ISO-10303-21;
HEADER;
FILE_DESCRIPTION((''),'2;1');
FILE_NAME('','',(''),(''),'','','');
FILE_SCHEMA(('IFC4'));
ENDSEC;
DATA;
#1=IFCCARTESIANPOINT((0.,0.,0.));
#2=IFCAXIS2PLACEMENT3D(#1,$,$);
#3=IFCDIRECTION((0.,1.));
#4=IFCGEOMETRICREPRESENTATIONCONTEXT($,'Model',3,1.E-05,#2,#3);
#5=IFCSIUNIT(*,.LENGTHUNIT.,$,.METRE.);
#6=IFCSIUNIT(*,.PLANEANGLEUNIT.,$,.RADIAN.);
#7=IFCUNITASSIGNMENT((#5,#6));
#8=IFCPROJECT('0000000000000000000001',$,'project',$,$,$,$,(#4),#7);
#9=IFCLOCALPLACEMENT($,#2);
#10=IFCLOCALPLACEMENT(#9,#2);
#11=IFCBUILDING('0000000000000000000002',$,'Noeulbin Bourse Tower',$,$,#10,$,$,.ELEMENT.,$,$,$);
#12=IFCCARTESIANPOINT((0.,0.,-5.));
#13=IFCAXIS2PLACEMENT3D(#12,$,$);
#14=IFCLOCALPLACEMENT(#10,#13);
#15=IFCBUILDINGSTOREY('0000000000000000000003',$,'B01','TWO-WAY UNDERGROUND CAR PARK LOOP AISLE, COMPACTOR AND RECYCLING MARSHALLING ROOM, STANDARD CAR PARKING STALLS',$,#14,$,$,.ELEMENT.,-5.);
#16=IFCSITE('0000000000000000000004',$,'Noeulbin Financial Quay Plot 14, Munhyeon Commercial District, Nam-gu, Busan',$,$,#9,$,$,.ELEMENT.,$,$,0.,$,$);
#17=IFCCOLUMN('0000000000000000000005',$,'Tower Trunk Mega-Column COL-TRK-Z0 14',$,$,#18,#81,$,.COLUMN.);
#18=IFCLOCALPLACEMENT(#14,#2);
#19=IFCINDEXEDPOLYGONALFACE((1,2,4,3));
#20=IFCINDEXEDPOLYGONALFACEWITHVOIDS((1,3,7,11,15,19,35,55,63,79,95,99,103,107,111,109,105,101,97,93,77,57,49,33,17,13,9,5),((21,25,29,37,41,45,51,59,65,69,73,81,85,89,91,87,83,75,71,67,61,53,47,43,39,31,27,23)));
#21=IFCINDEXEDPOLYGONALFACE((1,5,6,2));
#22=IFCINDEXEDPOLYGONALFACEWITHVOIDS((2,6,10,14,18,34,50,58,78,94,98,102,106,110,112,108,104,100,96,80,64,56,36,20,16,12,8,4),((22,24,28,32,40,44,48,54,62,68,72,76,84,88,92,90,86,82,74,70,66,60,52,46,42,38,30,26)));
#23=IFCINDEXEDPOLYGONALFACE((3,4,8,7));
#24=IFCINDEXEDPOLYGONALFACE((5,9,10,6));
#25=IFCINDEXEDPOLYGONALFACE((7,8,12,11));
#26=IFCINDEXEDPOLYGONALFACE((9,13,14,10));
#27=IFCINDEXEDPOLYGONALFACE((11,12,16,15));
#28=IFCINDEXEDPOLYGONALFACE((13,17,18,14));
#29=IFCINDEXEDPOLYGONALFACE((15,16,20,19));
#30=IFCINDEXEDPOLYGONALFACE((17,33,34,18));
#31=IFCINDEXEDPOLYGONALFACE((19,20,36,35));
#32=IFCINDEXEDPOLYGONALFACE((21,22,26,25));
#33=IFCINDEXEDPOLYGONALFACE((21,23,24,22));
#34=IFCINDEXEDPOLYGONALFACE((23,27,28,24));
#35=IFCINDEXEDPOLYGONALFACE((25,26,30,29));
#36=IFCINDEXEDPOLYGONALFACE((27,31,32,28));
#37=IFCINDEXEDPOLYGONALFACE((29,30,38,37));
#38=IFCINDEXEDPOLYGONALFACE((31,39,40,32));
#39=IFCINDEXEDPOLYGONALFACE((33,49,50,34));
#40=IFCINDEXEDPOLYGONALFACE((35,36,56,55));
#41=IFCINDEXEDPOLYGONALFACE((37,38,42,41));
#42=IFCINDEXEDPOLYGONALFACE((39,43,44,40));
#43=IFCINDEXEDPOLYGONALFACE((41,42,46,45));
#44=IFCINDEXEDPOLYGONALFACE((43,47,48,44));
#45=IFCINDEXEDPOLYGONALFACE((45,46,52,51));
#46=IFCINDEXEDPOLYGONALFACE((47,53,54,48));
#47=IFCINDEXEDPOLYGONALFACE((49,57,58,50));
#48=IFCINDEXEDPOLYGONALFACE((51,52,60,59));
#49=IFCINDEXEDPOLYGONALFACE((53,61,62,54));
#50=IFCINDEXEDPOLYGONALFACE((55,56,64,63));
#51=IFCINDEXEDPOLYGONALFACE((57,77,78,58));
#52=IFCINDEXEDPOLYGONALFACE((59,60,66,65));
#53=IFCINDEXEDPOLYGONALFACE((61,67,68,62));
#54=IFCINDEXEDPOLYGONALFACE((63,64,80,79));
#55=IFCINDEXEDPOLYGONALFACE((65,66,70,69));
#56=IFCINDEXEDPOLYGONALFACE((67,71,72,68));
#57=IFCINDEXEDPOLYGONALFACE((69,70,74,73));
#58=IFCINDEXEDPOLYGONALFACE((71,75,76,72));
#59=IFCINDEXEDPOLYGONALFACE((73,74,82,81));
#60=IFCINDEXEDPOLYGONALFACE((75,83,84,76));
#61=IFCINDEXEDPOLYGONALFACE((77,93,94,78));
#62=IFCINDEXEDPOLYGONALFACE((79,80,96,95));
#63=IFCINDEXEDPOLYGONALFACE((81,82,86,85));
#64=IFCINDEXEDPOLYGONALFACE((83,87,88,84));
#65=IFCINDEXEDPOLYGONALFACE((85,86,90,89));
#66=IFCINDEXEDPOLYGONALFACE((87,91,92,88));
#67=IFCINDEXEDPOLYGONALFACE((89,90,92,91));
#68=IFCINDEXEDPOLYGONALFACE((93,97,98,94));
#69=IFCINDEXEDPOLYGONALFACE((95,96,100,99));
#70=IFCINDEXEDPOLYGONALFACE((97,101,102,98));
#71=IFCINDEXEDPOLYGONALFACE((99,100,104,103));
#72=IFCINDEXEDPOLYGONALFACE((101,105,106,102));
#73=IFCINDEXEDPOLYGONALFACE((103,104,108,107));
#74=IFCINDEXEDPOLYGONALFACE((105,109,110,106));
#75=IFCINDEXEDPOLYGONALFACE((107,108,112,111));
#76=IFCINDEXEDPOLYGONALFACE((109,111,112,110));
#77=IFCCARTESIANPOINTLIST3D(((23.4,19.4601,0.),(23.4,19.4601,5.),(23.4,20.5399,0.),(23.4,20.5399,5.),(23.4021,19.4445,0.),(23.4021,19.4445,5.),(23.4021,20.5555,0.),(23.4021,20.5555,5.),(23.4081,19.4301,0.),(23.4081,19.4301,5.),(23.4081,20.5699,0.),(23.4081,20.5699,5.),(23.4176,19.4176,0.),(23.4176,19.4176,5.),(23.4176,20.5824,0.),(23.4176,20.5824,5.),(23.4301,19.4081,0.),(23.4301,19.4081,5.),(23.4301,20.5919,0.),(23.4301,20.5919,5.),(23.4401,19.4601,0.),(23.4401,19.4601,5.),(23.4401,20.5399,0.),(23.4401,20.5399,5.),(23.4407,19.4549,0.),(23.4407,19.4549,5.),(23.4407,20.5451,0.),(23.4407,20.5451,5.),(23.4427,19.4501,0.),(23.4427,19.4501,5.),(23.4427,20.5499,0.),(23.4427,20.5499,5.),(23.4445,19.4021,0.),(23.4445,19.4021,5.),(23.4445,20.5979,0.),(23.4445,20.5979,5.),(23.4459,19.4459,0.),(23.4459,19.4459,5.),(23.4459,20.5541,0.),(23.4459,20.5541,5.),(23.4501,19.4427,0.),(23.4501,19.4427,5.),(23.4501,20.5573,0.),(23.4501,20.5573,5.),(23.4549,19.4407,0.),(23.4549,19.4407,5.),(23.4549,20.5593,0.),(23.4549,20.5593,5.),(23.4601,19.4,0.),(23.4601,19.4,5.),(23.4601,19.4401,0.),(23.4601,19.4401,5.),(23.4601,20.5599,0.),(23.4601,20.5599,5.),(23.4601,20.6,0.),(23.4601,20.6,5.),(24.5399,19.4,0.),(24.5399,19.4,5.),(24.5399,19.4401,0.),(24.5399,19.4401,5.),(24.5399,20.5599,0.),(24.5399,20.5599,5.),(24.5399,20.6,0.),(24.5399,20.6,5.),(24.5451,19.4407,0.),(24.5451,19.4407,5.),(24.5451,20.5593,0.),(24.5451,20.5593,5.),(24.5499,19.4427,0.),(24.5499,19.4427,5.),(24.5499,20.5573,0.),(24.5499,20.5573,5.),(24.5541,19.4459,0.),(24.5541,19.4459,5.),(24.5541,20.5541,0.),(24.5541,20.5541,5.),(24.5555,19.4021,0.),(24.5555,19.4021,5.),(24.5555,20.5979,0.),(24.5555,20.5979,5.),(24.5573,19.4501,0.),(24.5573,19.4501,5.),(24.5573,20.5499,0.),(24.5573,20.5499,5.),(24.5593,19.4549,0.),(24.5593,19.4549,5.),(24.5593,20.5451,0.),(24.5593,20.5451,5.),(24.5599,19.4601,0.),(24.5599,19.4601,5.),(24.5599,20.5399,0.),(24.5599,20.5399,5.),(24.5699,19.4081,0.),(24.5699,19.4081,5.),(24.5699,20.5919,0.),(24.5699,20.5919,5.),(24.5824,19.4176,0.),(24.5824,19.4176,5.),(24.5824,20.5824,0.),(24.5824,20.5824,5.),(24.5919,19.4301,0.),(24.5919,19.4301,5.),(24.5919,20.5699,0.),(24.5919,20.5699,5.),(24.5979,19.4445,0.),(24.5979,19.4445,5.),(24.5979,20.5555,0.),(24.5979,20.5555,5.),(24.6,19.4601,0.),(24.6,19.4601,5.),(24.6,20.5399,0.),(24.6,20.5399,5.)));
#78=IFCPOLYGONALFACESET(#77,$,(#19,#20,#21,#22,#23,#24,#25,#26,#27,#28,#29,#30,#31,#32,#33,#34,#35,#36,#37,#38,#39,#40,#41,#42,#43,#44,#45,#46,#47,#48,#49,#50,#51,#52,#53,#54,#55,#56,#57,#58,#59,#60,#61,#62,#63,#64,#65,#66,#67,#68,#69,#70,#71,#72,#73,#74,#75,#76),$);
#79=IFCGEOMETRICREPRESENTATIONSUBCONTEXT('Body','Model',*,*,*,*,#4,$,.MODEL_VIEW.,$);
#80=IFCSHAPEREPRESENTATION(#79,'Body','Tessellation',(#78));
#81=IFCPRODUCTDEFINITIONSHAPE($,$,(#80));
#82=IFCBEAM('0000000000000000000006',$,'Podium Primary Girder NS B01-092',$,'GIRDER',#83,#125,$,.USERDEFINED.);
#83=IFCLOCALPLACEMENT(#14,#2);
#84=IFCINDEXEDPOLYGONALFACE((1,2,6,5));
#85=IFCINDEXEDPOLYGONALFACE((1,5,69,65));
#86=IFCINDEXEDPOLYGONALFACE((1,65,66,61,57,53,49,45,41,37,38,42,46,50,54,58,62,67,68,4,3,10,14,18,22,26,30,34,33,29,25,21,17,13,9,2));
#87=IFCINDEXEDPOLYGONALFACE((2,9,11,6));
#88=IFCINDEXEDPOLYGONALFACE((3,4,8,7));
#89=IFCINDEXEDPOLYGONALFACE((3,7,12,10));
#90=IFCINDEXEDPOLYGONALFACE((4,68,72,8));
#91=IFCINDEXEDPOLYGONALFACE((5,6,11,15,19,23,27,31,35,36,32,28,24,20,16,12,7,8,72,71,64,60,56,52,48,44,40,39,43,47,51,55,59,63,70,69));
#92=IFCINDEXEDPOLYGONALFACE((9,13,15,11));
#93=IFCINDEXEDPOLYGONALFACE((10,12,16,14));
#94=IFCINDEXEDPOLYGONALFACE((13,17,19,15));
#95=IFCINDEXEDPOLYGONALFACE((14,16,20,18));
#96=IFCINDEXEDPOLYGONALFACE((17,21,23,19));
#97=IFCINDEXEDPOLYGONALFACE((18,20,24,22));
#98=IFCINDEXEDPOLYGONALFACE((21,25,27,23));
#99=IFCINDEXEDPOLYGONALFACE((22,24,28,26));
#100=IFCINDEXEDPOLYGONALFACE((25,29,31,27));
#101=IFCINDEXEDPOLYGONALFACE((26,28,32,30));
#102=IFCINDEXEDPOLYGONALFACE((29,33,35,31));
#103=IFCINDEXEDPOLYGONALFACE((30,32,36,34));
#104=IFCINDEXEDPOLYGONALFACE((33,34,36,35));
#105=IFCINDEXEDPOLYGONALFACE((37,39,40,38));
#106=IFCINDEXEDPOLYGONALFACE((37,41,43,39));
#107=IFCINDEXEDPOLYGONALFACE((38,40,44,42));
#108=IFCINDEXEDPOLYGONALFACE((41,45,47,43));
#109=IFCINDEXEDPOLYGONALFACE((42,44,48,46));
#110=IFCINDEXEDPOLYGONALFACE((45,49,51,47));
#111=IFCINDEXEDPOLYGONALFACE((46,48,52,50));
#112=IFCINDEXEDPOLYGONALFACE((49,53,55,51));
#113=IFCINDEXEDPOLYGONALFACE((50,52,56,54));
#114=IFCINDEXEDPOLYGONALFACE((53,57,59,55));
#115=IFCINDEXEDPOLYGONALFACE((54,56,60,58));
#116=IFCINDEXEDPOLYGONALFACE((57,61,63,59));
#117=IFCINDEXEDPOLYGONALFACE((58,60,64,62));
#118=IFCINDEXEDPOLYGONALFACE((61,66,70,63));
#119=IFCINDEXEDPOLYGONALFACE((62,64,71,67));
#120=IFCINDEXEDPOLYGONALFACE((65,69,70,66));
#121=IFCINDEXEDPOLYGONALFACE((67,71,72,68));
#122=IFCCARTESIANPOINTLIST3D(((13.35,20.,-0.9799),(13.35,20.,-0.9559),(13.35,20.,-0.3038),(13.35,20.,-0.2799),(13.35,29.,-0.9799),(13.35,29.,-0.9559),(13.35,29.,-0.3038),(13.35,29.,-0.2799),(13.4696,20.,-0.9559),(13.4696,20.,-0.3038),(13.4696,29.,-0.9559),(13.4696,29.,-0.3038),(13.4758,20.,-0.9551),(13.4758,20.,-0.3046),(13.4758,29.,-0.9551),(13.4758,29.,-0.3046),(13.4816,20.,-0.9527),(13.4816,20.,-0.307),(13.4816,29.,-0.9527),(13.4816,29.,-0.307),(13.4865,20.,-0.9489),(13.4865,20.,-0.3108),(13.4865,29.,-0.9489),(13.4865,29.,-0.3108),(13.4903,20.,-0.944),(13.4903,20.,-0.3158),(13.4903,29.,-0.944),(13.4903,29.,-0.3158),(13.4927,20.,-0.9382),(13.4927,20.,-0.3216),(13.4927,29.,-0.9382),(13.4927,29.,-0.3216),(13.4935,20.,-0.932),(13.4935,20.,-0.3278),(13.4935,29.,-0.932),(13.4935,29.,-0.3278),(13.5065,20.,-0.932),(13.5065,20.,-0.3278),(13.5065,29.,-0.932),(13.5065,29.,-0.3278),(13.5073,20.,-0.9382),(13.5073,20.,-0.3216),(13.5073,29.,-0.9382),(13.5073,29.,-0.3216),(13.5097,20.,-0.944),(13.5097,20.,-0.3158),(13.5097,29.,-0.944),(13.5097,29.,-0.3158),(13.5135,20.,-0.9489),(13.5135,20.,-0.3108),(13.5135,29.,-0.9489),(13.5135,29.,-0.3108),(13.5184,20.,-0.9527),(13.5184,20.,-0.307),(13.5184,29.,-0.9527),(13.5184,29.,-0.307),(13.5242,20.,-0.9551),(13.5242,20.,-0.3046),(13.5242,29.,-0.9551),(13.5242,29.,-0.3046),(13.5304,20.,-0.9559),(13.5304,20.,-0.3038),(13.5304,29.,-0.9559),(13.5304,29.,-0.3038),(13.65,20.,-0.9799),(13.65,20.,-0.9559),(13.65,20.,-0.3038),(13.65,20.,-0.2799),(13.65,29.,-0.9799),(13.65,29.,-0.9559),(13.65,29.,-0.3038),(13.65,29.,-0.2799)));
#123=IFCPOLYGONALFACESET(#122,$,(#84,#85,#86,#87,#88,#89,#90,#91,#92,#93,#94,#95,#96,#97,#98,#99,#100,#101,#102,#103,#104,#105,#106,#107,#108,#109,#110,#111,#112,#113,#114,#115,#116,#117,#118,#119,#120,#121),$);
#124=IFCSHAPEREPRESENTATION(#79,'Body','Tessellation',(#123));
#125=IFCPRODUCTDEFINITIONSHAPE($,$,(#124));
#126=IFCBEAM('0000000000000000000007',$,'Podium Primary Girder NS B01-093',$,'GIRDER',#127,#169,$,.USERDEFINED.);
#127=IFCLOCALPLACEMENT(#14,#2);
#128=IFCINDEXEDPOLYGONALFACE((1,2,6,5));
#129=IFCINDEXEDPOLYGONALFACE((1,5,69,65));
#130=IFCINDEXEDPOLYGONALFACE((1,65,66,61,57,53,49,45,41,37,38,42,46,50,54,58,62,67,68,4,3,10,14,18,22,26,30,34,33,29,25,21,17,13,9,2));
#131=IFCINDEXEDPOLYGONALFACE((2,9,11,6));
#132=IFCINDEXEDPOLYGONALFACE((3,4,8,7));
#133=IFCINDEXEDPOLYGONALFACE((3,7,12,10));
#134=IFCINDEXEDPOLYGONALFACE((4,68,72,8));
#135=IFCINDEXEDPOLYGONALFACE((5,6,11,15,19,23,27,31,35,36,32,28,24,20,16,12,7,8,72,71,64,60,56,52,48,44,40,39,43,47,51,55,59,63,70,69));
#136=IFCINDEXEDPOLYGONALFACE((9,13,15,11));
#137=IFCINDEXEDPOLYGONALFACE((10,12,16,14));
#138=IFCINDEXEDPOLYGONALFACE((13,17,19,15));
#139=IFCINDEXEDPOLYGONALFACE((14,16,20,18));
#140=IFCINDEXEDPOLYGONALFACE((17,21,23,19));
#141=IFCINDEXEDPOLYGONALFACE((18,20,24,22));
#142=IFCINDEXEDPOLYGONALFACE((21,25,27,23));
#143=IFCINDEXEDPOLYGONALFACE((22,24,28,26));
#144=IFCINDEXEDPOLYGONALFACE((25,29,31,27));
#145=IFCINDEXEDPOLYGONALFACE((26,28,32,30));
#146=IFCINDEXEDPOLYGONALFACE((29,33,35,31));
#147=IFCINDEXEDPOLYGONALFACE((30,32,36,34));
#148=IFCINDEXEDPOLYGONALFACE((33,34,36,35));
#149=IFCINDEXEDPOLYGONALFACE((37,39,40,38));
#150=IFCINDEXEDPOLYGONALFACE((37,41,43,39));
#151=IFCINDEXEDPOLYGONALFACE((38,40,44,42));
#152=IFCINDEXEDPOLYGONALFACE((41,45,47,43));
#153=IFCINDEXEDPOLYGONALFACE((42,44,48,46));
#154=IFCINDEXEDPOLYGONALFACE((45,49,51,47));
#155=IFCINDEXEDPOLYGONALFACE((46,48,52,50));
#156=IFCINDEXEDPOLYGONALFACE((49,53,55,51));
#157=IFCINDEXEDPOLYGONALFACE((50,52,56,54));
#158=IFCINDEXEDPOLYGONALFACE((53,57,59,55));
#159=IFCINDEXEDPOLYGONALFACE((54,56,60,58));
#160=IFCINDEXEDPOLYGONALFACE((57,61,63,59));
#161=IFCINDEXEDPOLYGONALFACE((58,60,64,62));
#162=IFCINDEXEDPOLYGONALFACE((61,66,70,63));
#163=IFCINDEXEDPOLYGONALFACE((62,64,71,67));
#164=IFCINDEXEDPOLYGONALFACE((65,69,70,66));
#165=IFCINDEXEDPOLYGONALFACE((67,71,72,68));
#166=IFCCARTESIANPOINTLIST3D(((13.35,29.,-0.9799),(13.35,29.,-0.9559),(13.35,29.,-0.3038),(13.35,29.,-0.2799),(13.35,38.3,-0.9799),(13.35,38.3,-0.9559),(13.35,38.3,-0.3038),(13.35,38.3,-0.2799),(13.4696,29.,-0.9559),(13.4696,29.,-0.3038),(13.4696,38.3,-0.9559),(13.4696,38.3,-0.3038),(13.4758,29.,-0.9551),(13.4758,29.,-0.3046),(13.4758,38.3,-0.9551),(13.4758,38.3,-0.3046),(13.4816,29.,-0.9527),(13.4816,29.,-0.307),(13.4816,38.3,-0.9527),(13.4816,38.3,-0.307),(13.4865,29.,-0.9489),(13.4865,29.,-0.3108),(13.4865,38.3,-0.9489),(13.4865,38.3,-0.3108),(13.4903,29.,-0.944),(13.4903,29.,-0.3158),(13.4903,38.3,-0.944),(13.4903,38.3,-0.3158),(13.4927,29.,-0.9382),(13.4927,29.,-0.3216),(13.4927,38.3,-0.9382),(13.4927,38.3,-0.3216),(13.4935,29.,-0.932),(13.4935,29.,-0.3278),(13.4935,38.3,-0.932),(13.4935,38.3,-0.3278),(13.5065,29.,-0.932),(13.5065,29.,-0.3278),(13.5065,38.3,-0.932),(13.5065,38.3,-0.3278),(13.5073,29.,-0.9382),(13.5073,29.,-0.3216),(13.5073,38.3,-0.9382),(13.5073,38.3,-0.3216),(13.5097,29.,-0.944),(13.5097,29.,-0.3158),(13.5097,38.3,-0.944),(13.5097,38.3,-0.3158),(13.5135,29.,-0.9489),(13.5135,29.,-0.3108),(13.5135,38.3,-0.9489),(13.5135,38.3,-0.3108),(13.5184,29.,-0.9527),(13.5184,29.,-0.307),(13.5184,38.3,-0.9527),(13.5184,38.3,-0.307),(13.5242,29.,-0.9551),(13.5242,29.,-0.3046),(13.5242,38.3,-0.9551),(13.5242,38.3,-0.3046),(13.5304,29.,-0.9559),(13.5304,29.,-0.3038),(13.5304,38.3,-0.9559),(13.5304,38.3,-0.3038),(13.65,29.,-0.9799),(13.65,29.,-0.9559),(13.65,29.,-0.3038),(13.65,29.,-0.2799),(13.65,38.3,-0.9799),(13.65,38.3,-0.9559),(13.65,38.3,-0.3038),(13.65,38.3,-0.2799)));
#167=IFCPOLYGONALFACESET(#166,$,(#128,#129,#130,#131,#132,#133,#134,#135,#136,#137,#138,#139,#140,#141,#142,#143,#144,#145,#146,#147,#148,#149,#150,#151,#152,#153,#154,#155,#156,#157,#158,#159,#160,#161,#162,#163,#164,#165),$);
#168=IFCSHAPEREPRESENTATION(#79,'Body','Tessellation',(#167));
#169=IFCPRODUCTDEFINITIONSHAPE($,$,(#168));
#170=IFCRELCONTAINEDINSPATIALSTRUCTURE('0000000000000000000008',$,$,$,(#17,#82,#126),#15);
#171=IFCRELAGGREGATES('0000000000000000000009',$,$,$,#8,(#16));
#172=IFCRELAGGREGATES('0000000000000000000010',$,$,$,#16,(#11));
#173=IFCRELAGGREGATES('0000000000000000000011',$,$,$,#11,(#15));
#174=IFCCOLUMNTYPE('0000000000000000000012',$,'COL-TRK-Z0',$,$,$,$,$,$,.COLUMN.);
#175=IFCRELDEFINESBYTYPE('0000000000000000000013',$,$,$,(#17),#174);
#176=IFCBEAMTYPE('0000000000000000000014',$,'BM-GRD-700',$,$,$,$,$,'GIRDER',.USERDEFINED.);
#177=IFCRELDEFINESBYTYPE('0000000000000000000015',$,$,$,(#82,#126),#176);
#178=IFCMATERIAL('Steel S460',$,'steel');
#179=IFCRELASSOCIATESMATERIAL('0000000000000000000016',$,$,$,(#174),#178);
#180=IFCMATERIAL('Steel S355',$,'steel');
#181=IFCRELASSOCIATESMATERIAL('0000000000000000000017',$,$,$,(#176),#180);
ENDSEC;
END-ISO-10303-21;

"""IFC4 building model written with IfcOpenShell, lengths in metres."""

from ifc_helpers import new_model, si_unit, direction, frame, origin, origin_2d, place, context, subcontext, project, spatial, hollow_rectangle, i_section, extrude, material, material_profile, profile_set, type_object, element, save


model = new_model("IFC4")

# Units and contexts
model_context = context("Model", 3, precision=1e-05, world=origin(), true_north=direction((0.0, 1.0)))
body_context = subcontext(model_context, "Body", "Model", "MODEL_VIEW")
ifc_project = project(units=[si_unit("LENGTHUNIT", "METRE"), si_unit("PLANEANGLEUNIT", "RADIAN")], contexts=[model_context])

# Site, building, storey
site_placement = place(None, origin())
site = spatial("IfcSite", under=ifc_project, at=site_placement, Name="Noeulbin Financial Quay Plot 14, Munhyeon Commercial District, Nam-gu, Busan", CompositionType="ELEMENT", RefElevation=0.0)
building_placement = place(site_placement, origin())
building = spatial("IfcBuilding", under=site, at=building_placement, Name="Noeulbin Bourse Tower", CompositionType="ELEMENT")
storey_placement = place(building_placement, frame((0.0, 0.0, -5.0)))
storey = spatial("IfcBuildingStorey", under=building, at=storey_placement, Name="B01", Description="TWO-WAY UNDERGROUND CAR PARK LOOP AISLE, COMPACTOR AND RECYCLING MARSHALLING ROOM, STANDARD CAR PARKING STALLS", CompositionType="ELEMENT", Elevation=-5.0)

# Column
ifc_material_1 = material(Name="Steel S460", Category="steel")
ifc_material_profile_1 = material_profile(ifc_material_1, hollow_rectangle(XDim=1.2, YDim=1.2, WallThickness=0.04, InnerFilletRadius=0.02, OuterFilletRadius=0.0601, at=origin_2d()), Name="BOX-1200x1200x40", Category="LoadBearing")
ifc_profile_set_1 = profile_set([ifc_material_profile_1], Name="Steel S460")
column_type = type_object("IfcColumnType", Name="COL-TRK-Z0", PredefinedType="COLUMN", material=ifc_profile_set_1)
for number, where, z_axis, x_axis, name in (
    (1, (24.0, 20.0, 0.0), (0.0, 0.0, 1.0), (1.0, 0.0, 0.0), "Tower Trunk Mega-Column COL-TRK-Z0 14"),
):
    element("IfcColumn", number, at=place(storey_placement, frame(where, z_axis=z_axis, x_axis=x_axis)), inside=storey, type_object=column_type, Name=name, PredefinedType="COLUMN", context=body_context, shape_type="SweptSolid", body=[
        extrude(hollow_rectangle(XDim=1.2, YDim=1.2, WallThickness=0.04, InnerFilletRadius=0.02, OuterFilletRadius=0.0601, at=origin_2d()), origin(), (0.0, 0.0, 1.0), 5.0),
    ])

# Beams
ifc_material_2 = material(Name="Steel S355", Category="steel")
ifc_material_profile_2 = material_profile(ifc_material_2, i_section(OverallWidth=0.3, OverallDepth=0.7, WebThickness=0.0129, FlangeThickness=0.0239, FilletRadius=0.0239, at=origin_2d()), Name="H-700x300x13x24", Category="LoadBearing")
ifc_profile_set_2 = profile_set([ifc_material_profile_2], Name="Steel S355")
beam_type_1 = type_object("IfcBeamType", Name="BM-GRD-700", ElementType="GIRDER", PredefinedType="USERDEFINED", material=ifc_profile_set_2)
beam_1_placement = place(storey_placement, frame((13.5, 20.0, -0.6299), z_axis=(0.0, 1.0, 0.0), x_axis=(-1.0, 0.0, 0.0)))
element("IfcBeam", 2, at=beam_1_placement, inside=storey, type_object=beam_type_1, Name="Podium Primary Girder NS B01-092", ObjectType="GIRDER", PredefinedType="USERDEFINED", context=body_context, shape_type="SweptSolid", body=[
    extrude(i_section(OverallWidth=0.3, OverallDepth=0.7, WebThickness=0.0129, FlangeThickness=0.0239, FilletRadius=0.0239, at=origin_2d()), origin(), (0.0, 0.0, 1.0), 9.0),
])
beam_2_placement = place(storey_placement, frame((13.5, 29.0, -0.6299), z_axis=(0.0, 1.0, 0.0), x_axis=(-1.0, 0.0, 0.0)))
element("IfcBeam", 3, at=beam_2_placement, inside=storey, type_object=beam_type_1, Name="Podium Primary Girder NS B01-093", ObjectType="GIRDER", PredefinedType="USERDEFINED", context=body_context, shape_type="SweptSolid", body=[
    extrude(i_section(OverallWidth=0.3, OverallDepth=0.7, WebThickness=0.0129, FlangeThickness=0.0239, FilletRadius=0.0239, at=origin_2d()), origin(), (0.0, 0.0, 1.0), 9.3),
])

save(model, "model.ifc")
